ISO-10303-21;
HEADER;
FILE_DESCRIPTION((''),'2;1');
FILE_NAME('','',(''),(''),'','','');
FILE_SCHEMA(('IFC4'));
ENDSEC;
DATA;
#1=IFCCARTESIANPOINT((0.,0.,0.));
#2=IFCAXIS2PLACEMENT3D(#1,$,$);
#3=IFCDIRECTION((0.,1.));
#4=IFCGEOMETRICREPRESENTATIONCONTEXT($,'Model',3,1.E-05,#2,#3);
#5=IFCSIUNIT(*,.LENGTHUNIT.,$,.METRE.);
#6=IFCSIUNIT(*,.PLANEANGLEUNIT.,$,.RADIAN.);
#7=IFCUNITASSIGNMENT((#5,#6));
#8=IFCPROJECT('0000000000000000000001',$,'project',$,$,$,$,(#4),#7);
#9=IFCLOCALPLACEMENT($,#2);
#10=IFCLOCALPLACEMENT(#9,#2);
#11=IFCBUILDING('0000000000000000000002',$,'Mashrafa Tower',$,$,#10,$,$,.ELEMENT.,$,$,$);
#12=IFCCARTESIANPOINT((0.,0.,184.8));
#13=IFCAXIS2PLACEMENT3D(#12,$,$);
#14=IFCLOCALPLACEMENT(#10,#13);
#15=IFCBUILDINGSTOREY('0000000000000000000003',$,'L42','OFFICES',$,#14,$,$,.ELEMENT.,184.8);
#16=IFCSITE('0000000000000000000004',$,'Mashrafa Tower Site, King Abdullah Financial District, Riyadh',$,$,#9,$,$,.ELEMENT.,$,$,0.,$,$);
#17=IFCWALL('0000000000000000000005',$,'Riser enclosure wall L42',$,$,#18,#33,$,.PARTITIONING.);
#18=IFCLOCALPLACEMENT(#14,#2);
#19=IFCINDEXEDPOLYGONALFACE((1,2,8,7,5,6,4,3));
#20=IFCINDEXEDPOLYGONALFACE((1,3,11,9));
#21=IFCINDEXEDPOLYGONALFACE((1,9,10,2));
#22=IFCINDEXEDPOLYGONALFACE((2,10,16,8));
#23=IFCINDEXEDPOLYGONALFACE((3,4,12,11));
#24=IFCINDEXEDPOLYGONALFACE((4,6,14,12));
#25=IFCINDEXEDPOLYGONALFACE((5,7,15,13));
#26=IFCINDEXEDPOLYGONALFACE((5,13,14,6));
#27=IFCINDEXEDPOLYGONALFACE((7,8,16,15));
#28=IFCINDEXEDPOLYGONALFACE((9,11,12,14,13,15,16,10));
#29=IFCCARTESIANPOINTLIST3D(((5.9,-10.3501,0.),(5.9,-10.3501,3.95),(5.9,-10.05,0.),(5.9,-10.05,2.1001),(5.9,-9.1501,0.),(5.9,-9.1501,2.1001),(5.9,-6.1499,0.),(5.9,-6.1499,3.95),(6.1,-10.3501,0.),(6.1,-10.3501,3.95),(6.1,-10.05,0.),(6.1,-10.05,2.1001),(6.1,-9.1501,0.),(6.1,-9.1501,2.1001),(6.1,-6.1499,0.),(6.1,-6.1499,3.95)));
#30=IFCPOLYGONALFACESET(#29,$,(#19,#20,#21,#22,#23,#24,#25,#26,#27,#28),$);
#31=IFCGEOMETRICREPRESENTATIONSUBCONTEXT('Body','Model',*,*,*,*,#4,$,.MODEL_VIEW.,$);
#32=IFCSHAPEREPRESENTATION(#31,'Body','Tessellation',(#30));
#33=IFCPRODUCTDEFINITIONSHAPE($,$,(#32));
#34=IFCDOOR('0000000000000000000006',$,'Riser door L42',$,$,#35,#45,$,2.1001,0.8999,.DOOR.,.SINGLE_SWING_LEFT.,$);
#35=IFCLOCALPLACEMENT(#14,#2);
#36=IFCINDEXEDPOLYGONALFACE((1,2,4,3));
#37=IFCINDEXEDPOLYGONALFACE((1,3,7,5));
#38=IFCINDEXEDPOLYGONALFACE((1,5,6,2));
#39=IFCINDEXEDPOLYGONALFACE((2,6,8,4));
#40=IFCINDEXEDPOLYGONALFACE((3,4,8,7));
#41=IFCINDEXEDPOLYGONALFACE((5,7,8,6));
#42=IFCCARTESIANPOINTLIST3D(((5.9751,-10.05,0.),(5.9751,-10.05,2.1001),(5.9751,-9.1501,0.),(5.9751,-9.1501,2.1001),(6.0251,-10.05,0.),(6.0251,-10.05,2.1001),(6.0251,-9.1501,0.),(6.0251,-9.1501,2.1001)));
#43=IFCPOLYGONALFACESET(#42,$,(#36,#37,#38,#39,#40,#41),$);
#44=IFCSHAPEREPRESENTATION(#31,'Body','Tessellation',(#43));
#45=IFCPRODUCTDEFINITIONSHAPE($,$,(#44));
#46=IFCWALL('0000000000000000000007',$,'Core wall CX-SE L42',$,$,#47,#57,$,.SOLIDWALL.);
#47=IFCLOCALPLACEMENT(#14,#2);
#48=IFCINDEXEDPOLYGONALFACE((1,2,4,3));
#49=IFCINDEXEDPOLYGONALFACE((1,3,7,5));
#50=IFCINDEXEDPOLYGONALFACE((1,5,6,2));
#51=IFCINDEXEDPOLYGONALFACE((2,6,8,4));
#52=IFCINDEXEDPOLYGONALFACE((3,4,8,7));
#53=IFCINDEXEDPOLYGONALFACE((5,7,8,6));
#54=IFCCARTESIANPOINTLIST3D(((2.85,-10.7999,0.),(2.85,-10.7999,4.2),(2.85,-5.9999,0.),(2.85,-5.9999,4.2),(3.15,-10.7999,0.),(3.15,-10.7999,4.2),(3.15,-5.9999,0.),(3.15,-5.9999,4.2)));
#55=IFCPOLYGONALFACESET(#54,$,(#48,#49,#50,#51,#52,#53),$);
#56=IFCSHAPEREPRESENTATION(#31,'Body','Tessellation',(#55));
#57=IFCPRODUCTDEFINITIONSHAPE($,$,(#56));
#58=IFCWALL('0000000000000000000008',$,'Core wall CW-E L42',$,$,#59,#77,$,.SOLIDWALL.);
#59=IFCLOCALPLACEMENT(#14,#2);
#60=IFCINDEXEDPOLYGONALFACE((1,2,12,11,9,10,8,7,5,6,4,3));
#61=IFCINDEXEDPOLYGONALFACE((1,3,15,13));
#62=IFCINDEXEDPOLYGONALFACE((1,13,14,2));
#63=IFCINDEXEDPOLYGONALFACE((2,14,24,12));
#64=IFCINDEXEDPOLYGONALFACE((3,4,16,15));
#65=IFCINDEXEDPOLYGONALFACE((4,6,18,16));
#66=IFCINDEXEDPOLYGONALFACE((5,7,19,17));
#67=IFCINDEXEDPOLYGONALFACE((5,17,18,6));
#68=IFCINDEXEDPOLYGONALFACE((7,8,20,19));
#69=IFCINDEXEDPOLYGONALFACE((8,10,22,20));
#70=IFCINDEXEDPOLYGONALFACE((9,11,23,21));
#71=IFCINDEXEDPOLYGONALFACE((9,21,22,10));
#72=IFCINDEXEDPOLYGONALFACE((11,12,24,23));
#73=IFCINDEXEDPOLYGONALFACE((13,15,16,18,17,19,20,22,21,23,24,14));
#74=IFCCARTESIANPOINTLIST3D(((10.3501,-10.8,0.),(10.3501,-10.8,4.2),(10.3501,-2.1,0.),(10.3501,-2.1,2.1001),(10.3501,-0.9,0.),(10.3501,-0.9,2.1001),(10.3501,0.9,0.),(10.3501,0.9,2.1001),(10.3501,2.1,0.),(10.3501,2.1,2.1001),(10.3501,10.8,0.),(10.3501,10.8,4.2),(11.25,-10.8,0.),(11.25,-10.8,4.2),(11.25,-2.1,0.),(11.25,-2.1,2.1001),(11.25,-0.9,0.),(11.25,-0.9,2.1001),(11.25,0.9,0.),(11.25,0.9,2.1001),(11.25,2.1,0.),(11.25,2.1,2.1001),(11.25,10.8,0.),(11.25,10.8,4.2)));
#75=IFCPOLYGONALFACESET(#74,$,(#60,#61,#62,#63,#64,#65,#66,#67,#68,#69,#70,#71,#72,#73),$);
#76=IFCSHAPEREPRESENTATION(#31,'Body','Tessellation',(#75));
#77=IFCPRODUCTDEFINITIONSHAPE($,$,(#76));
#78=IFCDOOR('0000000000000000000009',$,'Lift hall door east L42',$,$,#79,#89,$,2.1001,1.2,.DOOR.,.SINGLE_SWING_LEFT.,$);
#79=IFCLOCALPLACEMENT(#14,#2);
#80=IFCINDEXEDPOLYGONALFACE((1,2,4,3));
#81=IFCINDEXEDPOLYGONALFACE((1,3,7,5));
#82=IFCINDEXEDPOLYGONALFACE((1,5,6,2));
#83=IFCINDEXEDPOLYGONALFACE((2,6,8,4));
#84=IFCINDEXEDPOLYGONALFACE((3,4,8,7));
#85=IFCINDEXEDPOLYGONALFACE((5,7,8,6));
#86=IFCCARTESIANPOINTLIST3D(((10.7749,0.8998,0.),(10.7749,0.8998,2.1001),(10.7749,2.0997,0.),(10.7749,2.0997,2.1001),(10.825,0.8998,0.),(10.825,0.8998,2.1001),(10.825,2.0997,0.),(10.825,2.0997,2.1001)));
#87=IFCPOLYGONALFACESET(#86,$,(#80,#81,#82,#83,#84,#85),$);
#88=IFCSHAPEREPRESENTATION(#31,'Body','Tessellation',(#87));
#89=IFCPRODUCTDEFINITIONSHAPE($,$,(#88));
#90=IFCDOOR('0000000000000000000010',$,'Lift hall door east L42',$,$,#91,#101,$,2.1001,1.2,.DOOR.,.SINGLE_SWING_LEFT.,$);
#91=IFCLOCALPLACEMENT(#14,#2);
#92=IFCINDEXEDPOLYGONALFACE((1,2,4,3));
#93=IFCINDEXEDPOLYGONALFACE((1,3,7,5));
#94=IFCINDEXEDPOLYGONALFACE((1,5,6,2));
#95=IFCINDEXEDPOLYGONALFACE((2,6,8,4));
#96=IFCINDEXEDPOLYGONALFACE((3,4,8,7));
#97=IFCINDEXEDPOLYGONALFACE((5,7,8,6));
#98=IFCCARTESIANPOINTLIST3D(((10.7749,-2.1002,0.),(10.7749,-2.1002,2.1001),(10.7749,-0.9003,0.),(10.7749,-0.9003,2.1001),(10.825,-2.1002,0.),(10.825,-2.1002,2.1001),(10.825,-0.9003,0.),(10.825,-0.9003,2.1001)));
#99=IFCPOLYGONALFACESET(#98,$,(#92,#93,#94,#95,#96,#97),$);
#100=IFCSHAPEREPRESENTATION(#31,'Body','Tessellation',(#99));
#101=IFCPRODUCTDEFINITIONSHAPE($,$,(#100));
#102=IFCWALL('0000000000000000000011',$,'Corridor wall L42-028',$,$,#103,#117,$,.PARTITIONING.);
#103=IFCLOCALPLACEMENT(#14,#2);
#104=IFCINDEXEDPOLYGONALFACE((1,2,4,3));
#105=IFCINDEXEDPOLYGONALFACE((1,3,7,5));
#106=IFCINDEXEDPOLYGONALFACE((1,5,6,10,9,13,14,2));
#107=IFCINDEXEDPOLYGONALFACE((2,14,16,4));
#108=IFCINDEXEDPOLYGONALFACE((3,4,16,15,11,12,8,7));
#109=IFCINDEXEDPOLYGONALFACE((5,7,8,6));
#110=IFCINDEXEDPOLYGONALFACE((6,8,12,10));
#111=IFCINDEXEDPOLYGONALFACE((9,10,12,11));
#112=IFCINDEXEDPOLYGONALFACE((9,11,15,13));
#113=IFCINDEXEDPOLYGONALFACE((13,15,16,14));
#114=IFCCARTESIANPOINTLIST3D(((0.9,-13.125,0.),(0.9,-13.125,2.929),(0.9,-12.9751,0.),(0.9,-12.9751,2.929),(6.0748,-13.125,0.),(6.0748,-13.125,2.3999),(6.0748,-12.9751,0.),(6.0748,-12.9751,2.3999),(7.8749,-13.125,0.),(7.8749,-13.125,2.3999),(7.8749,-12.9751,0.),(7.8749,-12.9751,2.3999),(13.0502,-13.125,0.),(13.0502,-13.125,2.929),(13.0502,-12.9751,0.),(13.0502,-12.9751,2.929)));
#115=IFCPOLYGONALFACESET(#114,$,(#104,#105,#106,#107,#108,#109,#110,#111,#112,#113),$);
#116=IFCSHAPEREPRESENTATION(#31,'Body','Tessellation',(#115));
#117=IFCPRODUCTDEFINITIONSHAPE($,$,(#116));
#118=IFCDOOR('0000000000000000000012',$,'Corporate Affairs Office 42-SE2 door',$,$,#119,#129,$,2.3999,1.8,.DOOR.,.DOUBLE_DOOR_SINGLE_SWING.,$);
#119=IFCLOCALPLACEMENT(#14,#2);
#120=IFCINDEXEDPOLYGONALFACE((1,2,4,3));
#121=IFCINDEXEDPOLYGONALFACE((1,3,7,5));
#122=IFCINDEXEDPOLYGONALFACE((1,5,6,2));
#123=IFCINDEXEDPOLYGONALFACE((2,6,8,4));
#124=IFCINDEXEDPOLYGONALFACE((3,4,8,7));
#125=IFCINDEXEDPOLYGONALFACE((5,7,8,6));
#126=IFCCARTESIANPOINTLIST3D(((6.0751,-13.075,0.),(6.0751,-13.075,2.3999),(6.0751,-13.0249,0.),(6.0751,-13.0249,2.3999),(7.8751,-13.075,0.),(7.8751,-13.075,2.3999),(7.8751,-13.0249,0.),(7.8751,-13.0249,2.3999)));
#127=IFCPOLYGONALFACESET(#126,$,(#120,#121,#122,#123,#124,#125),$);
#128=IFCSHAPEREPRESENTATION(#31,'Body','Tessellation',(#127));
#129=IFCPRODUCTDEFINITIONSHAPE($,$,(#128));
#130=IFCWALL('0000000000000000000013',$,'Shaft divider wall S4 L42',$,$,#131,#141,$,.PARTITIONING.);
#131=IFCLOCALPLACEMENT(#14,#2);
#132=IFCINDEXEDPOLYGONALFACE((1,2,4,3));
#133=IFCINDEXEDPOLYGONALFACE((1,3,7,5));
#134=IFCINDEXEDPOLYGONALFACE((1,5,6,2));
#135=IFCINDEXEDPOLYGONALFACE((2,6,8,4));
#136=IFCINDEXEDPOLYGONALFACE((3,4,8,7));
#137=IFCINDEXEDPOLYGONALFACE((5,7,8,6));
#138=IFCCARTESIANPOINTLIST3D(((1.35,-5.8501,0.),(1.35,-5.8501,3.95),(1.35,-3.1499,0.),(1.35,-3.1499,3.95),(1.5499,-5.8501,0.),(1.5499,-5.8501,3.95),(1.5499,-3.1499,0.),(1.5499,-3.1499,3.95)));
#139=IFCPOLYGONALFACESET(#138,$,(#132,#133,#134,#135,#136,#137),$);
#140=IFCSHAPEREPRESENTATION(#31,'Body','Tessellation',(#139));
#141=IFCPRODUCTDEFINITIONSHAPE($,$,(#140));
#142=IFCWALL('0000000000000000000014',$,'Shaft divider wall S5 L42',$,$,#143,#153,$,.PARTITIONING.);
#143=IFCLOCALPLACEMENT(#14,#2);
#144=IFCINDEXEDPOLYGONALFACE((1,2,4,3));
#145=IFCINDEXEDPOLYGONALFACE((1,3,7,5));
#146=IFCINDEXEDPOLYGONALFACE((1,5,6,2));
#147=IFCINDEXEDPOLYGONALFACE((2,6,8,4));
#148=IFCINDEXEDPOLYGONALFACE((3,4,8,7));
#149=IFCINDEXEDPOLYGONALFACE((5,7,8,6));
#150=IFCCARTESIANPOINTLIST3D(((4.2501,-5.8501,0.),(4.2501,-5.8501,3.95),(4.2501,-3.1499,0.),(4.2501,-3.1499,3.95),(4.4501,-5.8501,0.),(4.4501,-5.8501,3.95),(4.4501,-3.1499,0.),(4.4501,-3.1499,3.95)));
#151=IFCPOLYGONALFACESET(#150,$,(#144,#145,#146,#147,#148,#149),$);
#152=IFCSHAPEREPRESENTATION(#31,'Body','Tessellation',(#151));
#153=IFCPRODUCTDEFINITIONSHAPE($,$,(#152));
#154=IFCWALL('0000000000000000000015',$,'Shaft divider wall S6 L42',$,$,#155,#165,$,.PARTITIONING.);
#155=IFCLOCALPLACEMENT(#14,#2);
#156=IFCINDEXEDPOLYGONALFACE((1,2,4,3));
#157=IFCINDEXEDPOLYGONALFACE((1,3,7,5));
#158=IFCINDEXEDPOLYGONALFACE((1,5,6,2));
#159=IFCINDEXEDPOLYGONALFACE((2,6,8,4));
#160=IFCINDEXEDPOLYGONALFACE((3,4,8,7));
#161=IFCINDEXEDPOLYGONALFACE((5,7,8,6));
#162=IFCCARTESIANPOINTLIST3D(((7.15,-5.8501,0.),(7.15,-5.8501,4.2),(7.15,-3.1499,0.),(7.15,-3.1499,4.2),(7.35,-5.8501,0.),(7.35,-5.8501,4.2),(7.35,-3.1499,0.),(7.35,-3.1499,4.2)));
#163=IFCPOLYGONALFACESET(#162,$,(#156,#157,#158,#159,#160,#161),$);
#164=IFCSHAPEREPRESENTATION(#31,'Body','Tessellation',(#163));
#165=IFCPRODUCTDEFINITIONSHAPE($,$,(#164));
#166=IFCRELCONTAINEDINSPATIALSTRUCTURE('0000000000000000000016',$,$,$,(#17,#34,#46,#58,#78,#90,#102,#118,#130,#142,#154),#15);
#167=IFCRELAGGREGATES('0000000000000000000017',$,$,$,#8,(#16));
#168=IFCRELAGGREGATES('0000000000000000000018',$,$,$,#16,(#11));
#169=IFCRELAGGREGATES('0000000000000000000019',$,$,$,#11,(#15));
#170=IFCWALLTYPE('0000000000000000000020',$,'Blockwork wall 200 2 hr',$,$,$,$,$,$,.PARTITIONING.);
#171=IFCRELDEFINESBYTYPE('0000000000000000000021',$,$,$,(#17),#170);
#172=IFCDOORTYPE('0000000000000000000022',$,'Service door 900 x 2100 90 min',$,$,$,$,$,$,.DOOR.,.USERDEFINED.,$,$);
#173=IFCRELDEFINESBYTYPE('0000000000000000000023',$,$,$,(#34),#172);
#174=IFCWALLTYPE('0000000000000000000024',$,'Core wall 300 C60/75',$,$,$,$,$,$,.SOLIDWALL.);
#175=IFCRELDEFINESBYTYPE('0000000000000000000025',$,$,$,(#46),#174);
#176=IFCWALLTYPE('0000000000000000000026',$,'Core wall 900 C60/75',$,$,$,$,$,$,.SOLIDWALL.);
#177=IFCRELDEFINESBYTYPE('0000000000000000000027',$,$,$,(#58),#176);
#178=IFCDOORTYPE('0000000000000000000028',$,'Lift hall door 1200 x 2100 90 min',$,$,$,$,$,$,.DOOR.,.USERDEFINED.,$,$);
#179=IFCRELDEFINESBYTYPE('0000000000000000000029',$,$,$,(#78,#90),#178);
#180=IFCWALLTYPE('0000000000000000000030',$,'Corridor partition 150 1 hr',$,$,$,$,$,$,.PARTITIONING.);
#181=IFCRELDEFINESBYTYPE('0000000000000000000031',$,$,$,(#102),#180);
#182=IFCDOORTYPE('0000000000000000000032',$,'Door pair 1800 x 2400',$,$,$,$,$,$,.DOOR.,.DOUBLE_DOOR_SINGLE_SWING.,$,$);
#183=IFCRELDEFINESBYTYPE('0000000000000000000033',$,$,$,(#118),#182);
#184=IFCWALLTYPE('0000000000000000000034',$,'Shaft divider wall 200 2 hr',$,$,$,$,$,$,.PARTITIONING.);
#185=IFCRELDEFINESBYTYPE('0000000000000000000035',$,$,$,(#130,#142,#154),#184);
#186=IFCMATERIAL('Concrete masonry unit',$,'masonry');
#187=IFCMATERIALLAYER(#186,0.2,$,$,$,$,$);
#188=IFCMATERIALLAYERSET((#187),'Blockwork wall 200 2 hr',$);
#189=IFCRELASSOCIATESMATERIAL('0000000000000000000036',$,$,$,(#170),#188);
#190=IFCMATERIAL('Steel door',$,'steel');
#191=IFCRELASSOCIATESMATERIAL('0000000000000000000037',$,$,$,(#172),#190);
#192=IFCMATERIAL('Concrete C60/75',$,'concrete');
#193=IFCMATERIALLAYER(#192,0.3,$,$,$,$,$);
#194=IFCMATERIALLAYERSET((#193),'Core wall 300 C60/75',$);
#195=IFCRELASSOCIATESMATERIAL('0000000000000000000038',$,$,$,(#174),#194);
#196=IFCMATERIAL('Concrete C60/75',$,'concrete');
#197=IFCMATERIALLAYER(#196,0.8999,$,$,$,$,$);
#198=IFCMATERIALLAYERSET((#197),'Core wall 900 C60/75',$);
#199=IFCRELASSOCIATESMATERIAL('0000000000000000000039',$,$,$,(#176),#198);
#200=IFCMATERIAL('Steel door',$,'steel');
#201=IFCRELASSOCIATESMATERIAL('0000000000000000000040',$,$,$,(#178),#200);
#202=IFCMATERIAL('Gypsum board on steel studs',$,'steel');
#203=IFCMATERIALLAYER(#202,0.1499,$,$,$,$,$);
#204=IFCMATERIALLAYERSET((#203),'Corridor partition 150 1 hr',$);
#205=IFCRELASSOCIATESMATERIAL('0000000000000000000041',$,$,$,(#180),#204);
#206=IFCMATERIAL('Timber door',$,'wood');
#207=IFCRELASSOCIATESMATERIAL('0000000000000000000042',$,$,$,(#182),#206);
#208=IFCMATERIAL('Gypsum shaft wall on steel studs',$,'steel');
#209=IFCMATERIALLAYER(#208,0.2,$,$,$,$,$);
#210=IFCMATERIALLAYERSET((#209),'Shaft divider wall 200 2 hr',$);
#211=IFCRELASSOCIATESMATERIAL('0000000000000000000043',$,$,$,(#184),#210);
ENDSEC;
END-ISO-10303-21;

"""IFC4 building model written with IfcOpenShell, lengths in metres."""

from ifc_helpers import new_model, si_unit, direction, frame, frame_2d, origin, place, context, subcontext, project, spatial, rectangle, extrude, material, layer, layer_set, type_object, element, fill, save


model = new_model("IFC4")

# Units and contexts
model_context = context("Model", 3, precision=1e-05, world=origin(), true_north=direction((0.0, 1.0)))
body_context = subcontext(model_context, "Body", "Model", "MODEL_VIEW")
ifc_project = project(units=[si_unit("LENGTHUNIT", "METRE"), si_unit("PLANEANGLEUNIT", "RADIAN")], contexts=[model_context])

# Site, building, storey
site_placement = place(None, origin())
site = spatial("IfcSite", under=ifc_project, at=site_placement, Name="Mashrafa Tower Site, King Abdullah Financial District, Riyadh", CompositionType="ELEMENT", RefElevation=0.0)
building_placement = place(site_placement, origin())
building = spatial("IfcBuilding", under=site, at=building_placement, Name="Mashrafa Tower", CompositionType="ELEMENT")
storey_placement = place(building_placement, frame((0.0, 0.0, 184.8)))
storey = spatial("IfcBuildingStorey", under=building, at=storey_placement, Name="L42", Description="OFFICES", CompositionType="ELEMENT", Elevation=184.8)

# Wall, opening, door
ifc_material_1 = material(Name="Concrete masonry unit", Category="masonry")
ifc_layer_1 = layer(ifc_material_1, 0.2)
ifc_layer_set_1 = layer_set([ifc_layer_1], Name="Blockwork wall 200 2 hr")
wall_type_1 = type_object("IfcWallType", Name="Blockwork wall 200 2 hr", PredefinedType="PARTITIONING", material=ifc_layer_set_1)
wall_1_placement = place(storey_placement, frame((6.0, -10.3501, 0.0), z_axis=(0.0, 0.0, 1.0), x_axis=(0.0, 1.0, 0.0)))
wall_1 = element("IfcWall", 1, at=wall_1_placement, inside=storey, type_object=wall_type_1, Name="Riser enclosure wall L42", PredefinedType="PARTITIONING", context=body_context, shape_type="SweptSolid", body=[
    extrude(rectangle(XDim=4.2002, YDim=0.2, at=frame_2d((2.1001, 0.0))), origin(), (0.0, 0.0, 1.0), 3.95),
])
opening_1_placement = place(wall_1_placement, frame((0.3, 0.0, 0.0)))
opening_1 = element("IfcOpeningElement", 2, at=opening_1_placement, cuts=wall_1, PredefinedType="OPENING", context=body_context, shape_type="SweptSolid", body=[
    extrude(rectangle(XDim=0.8999, YDim=2.1001, at=frame_2d((0.45, 1.05))), frame((0.0, 0.1099, 0.0), z_axis=(0.0, -1.0, 0.0), x_axis=(1.0, 0.0, 0.0)), (0.0, 0.0, 1.0), 0.22),
])
ifc_material_2 = material(Name="Steel door", Category="steel")
door_type_1 = type_object("IfcDoorType", Name="Service door 900 x 2100 90 min", OperationType="USERDEFINED", PredefinedType="DOOR", material=ifc_material_2)
door_1_placement = place(opening_1_placement, origin())
door_1 = element("IfcDoor", 3, at=door_1_placement, inside=storey, type_object=door_type_1, Name="Riser door L42", OperationType="SINGLE_SWING_LEFT", OverallHeight=2.1001, OverallWidth=0.8999, PredefinedType="DOOR", context=body_context, shape_type="SweptSolid", body=[
    extrude(rectangle(XDim=0.8999, YDim=2.1001, at=frame_2d((0.45, 1.05))), frame((0.0, 0.0249, 0.0), z_axis=(0.0, -1.0, 0.0), x_axis=(1.0, 0.0, 0.0)), (0.0, 0.0, 1.0), 0.05),
])
fill(opening_1, door_1)

# Wall
ifc_material_3 = material(Name="Concrete C60/75", Category="concrete")
ifc_layer_2 = layer(ifc_material_3, 0.3)
ifc_layer_set_2 = layer_set([ifc_layer_2], Name="Core wall 300 C60/75")
wall_type_2 = type_object("IfcWallType", Name="Core wall 300 C60/75", PredefinedType="SOLIDWALL", material=ifc_layer_set_2)
wall_2_placement = place(storey_placement, frame((3.0, -6.0, 0.0), z_axis=(0.0, 0.0, 1.0), x_axis=(0.0, -1.0, 0.0)))
element("IfcWall", 4, at=wall_2_placement, inside=storey, type_object=wall_type_2, Name="Core wall CX-SE L42", PredefinedType="SOLIDWALL", context=body_context, shape_type="SweptSolid", body=[
    extrude(rectangle(XDim=4.8, YDim=0.3, at=frame_2d((2.3999, 0.0))), origin(), (0.0, 0.0, 1.0), 4.2),
])

# Wall, openings, doors
ifc_material_4 = material(Name="Concrete C60/75", Category="concrete")
ifc_layer_3 = layer(ifc_material_4, 0.8999)
ifc_layer_set_3 = layer_set([ifc_layer_3], Name="Core wall 900 C60/75")
wall_type_3 = type_object("IfcWallType", Name="Core wall 900 C60/75", PredefinedType="SOLIDWALL", material=ifc_layer_set_3)
wall_3_placement = place(storey_placement, frame((10.8, -10.8, 0.0), z_axis=(0.0, 0.0, 1.0), x_axis=(0.0, 1.0, 0.0)))
wall_3 = element("IfcWall", 5, at=wall_3_placement, inside=storey, type_object=wall_type_3, Name="Core wall CW-E L42", PredefinedType="SOLIDWALL", context=body_context, shape_type="SweptSolid", body=[
    extrude(rectangle(XDim=21.6001, YDim=0.8999, at=frame_2d((10.8, 0.0))), origin(), (0.0, 0.0, 1.0), 4.2),
])
opening_2_placement = place(wall_3_placement, frame((11.7, 0.0, 0.0)))
opening_2 = element("IfcOpeningElement", 6, at=opening_2_placement, cuts=wall_3, PredefinedType="OPENING", context=body_context, shape_type="SweptSolid", body=[
    extrude(rectangle(XDim=1.2, YDim=2.1001, at=frame_2d((0.6001, 1.05))), frame((0.0, 0.46, 0.0), z_axis=(0.0, -1.0, 0.0), x_axis=(1.0, 0.0, 0.0)), (0.0, 0.0, 1.0), 0.9199),
])
opening_3_placement = place(wall_3_placement, frame((8.7, 0.0, 0.0)))
opening_3 = element("IfcOpeningElement", 7, at=opening_3_placement, cuts=wall_3, PredefinedType="OPENING", context=body_context, shape_type="SweptSolid", body=[
    extrude(rectangle(XDim=1.2, YDim=2.1001, at=frame_2d((0.6001, 1.05))), frame((0.0, 0.46, 0.0), z_axis=(0.0, -1.0, 0.0), x_axis=(1.0, 0.0, 0.0)), (0.0, 0.0, 1.0), 0.9199),
])
ifc_material_5 = material(Name="Steel door", Category="steel")
door_type_2 = type_object("IfcDoorType", Name="Lift hall door 1200 x 2100 90 min", OperationType="USERDEFINED", PredefinedType="DOOR", material=ifc_material_5)
door_2_placement = place(opening_2_placement, frame((1.2, 0.0, 0.0), z_axis=(0.0, 0.0, 1.0), x_axis=(-1.0, 0.0, 0.0)))
door_2 = element("IfcDoor", 8, at=door_2_placement, inside=storey, type_object=door_type_2, Name="Lift hall door east L42", OperationType="SINGLE_SWING_LEFT", OverallHeight=2.1001, OverallWidth=1.2, PredefinedType="DOOR", context=body_context, shape_type="SweptSolid", body=[
    extrude(rectangle(XDim=1.2, YDim=2.1001, at=frame_2d((0.6001, 1.05))), frame((0.0, 0.0249, 0.0), z_axis=(0.0, -1.0, 0.0), x_axis=(1.0, 0.0, 0.0)), (0.0, 0.0, 1.0), 0.05),
])
fill(opening_2, door_2)
door_3_placement = place(opening_3_placement, frame((1.2, 0.0, 0.0), z_axis=(0.0, 0.0, 1.0), x_axis=(-1.0, 0.0, 0.0)))
door_3 = element("IfcDoor", 9, at=door_3_placement, inside=storey, type_object=door_type_2, Name="Lift hall door east L42", OperationType="SINGLE_SWING_LEFT", OverallHeight=2.1001, OverallWidth=1.2, PredefinedType="DOOR", context=body_context, shape_type="SweptSolid", body=[
    extrude(rectangle(XDim=1.2, YDim=2.1001, at=frame_2d((0.6001, 1.05))), frame((0.0, 0.0249, 0.0), z_axis=(0.0, -1.0, 0.0), x_axis=(1.0, 0.0, 0.0)), (0.0, 0.0, 1.0), 0.05),
])
fill(opening_3, door_3)

# Wall, opening, door
ifc_material_6 = material(Name="Gypsum board on steel studs", Category="steel")
ifc_layer_4 = layer(ifc_material_6, 0.1499)
ifc_layer_set_4 = layer_set([ifc_layer_4], Name="Corridor partition 150 1 hr")
wall_type_4 = type_object("IfcWallType", Name="Corridor partition 150 1 hr", PredefinedType="PARTITIONING", material=ifc_layer_set_4)
wall_4_placement = place(storey_placement, frame((0.8999, -13.05, 0.0), z_axis=(0.0, 0.0, 1.0), x_axis=(1.0, 0.0, 0.0)))
wall_4 = element("IfcWall", 10, at=wall_4_placement, inside=storey, type_object=wall_type_4, Name="Corridor wall L42-028", PredefinedType="PARTITIONING", context=body_context, shape_type="SweptSolid", body=[
    extrude(rectangle(XDim=12.1501, YDim=0.1499, at=frame_2d((6.0752, 0.0))), origin(), (0.0, 0.0, 1.0), 2.929),
])
opening_4_placement = place(wall_4_placement, frame((5.175, 0.0, 0.0)))
opening_4 = element("IfcOpeningElement", 11, at=opening_4_placement, cuts=wall_4, PredefinedType="OPENING", context=body_context, shape_type="SweptSolid", body=[
    extrude(rectangle(XDim=1.8, YDim=2.3999, at=frame_2d((0.8999, 1.2))), frame((0.0, 0.085, 0.0), z_axis=(0.0, -1.0, 0.0), x_axis=(1.0, 0.0, 0.0)), (0.0, 0.0, 1.0), 0.1699),
])
ifc_material_7 = material(Name="Timber door", Category="wood")
door_type_3 = type_object("IfcDoorType", Name="Door pair 1800 x 2400", OperationType="DOUBLE_DOOR_SINGLE_SWING", PredefinedType="DOOR", material=ifc_material_7)
door_4_placement = place(opening_4_placement, frame((1.8, 0.0, 0.0), z_axis=(0.0, 0.0, 1.0), x_axis=(-1.0, 0.0, 0.0)))
door_4 = element("IfcDoor", 12, at=door_4_placement, inside=storey, type_object=door_type_3, Name="Corporate Affairs Office 42-SE2 door", OperationType="DOUBLE_DOOR_SINGLE_SWING", OverallHeight=2.3999, OverallWidth=1.8, PredefinedType="DOOR", context=body_context, shape_type="SweptSolid", body=[
    extrude(rectangle(XDim=1.8, YDim=2.3999, at=frame_2d((0.8999, 1.2))), frame((0.0, 0.0249, 0.0), z_axis=(0.0, -1.0, 0.0), x_axis=(1.0, 0.0, 0.0)), (0.0, 0.0, 1.0), 0.05),
])
fill(opening_4, door_4)

# Walls
ifc_material_8 = material(Name="Gypsum shaft wall on steel studs", Category="steel")
ifc_layer_5 = layer(ifc_material_8, 0.2)
ifc_layer_set_5 = layer_set([ifc_layer_5], Name="Shaft divider wall 200 2 hr")
wall_type_5 = type_object("IfcWallType", Name="Shaft divider wall 200 2 hr", PredefinedType="PARTITIONING", material=ifc_layer_set_5)
for number, where, z_axis, x_axis, name in (
    (13, (1.45, -5.8501, 0.0), (0.0, 0.0, 1.0), (0.0, 1.0, 0.0), "Shaft divider wall S4 L42"),
    (14, (4.3501, -5.8501, 0.0), (0.0, 0.0, 1.0), (0.0, 1.0, 0.0), "Shaft divider wall S5 L42"),
):
    element("IfcWall", number, at=place(storey_placement, frame(where, z_axis=z_axis, x_axis=x_axis)), inside=storey, type_object=wall_type_5, Name=name, PredefinedType="PARTITIONING", context=body_context, shape_type="SweptSolid", body=[
        extrude(rectangle(XDim=2.7002, YDim=0.2, at=frame_2d((1.3501, 0.0))), origin(), (0.0, 0.0, 1.0), 3.95),
    ])
wall_5_placement = place(storey_placement, frame((7.25, -5.8501, 0.0), z_axis=(0.0, 0.0, 1.0), x_axis=(0.0, 1.0, 0.0)))
element("IfcWall", 15, at=wall_5_placement, inside=storey, type_object=wall_type_5, Name="Shaft divider wall S6 L42", PredefinedType="PARTITIONING", context=body_context, shape_type="SweptSolid", body=[
    extrude(rectangle(XDim=2.7002, YDim=0.2, at=frame_2d((1.3501, 0.0))), origin(), (0.0, 0.0, 1.0), 4.2),
])

save(model, "model.ifc")
